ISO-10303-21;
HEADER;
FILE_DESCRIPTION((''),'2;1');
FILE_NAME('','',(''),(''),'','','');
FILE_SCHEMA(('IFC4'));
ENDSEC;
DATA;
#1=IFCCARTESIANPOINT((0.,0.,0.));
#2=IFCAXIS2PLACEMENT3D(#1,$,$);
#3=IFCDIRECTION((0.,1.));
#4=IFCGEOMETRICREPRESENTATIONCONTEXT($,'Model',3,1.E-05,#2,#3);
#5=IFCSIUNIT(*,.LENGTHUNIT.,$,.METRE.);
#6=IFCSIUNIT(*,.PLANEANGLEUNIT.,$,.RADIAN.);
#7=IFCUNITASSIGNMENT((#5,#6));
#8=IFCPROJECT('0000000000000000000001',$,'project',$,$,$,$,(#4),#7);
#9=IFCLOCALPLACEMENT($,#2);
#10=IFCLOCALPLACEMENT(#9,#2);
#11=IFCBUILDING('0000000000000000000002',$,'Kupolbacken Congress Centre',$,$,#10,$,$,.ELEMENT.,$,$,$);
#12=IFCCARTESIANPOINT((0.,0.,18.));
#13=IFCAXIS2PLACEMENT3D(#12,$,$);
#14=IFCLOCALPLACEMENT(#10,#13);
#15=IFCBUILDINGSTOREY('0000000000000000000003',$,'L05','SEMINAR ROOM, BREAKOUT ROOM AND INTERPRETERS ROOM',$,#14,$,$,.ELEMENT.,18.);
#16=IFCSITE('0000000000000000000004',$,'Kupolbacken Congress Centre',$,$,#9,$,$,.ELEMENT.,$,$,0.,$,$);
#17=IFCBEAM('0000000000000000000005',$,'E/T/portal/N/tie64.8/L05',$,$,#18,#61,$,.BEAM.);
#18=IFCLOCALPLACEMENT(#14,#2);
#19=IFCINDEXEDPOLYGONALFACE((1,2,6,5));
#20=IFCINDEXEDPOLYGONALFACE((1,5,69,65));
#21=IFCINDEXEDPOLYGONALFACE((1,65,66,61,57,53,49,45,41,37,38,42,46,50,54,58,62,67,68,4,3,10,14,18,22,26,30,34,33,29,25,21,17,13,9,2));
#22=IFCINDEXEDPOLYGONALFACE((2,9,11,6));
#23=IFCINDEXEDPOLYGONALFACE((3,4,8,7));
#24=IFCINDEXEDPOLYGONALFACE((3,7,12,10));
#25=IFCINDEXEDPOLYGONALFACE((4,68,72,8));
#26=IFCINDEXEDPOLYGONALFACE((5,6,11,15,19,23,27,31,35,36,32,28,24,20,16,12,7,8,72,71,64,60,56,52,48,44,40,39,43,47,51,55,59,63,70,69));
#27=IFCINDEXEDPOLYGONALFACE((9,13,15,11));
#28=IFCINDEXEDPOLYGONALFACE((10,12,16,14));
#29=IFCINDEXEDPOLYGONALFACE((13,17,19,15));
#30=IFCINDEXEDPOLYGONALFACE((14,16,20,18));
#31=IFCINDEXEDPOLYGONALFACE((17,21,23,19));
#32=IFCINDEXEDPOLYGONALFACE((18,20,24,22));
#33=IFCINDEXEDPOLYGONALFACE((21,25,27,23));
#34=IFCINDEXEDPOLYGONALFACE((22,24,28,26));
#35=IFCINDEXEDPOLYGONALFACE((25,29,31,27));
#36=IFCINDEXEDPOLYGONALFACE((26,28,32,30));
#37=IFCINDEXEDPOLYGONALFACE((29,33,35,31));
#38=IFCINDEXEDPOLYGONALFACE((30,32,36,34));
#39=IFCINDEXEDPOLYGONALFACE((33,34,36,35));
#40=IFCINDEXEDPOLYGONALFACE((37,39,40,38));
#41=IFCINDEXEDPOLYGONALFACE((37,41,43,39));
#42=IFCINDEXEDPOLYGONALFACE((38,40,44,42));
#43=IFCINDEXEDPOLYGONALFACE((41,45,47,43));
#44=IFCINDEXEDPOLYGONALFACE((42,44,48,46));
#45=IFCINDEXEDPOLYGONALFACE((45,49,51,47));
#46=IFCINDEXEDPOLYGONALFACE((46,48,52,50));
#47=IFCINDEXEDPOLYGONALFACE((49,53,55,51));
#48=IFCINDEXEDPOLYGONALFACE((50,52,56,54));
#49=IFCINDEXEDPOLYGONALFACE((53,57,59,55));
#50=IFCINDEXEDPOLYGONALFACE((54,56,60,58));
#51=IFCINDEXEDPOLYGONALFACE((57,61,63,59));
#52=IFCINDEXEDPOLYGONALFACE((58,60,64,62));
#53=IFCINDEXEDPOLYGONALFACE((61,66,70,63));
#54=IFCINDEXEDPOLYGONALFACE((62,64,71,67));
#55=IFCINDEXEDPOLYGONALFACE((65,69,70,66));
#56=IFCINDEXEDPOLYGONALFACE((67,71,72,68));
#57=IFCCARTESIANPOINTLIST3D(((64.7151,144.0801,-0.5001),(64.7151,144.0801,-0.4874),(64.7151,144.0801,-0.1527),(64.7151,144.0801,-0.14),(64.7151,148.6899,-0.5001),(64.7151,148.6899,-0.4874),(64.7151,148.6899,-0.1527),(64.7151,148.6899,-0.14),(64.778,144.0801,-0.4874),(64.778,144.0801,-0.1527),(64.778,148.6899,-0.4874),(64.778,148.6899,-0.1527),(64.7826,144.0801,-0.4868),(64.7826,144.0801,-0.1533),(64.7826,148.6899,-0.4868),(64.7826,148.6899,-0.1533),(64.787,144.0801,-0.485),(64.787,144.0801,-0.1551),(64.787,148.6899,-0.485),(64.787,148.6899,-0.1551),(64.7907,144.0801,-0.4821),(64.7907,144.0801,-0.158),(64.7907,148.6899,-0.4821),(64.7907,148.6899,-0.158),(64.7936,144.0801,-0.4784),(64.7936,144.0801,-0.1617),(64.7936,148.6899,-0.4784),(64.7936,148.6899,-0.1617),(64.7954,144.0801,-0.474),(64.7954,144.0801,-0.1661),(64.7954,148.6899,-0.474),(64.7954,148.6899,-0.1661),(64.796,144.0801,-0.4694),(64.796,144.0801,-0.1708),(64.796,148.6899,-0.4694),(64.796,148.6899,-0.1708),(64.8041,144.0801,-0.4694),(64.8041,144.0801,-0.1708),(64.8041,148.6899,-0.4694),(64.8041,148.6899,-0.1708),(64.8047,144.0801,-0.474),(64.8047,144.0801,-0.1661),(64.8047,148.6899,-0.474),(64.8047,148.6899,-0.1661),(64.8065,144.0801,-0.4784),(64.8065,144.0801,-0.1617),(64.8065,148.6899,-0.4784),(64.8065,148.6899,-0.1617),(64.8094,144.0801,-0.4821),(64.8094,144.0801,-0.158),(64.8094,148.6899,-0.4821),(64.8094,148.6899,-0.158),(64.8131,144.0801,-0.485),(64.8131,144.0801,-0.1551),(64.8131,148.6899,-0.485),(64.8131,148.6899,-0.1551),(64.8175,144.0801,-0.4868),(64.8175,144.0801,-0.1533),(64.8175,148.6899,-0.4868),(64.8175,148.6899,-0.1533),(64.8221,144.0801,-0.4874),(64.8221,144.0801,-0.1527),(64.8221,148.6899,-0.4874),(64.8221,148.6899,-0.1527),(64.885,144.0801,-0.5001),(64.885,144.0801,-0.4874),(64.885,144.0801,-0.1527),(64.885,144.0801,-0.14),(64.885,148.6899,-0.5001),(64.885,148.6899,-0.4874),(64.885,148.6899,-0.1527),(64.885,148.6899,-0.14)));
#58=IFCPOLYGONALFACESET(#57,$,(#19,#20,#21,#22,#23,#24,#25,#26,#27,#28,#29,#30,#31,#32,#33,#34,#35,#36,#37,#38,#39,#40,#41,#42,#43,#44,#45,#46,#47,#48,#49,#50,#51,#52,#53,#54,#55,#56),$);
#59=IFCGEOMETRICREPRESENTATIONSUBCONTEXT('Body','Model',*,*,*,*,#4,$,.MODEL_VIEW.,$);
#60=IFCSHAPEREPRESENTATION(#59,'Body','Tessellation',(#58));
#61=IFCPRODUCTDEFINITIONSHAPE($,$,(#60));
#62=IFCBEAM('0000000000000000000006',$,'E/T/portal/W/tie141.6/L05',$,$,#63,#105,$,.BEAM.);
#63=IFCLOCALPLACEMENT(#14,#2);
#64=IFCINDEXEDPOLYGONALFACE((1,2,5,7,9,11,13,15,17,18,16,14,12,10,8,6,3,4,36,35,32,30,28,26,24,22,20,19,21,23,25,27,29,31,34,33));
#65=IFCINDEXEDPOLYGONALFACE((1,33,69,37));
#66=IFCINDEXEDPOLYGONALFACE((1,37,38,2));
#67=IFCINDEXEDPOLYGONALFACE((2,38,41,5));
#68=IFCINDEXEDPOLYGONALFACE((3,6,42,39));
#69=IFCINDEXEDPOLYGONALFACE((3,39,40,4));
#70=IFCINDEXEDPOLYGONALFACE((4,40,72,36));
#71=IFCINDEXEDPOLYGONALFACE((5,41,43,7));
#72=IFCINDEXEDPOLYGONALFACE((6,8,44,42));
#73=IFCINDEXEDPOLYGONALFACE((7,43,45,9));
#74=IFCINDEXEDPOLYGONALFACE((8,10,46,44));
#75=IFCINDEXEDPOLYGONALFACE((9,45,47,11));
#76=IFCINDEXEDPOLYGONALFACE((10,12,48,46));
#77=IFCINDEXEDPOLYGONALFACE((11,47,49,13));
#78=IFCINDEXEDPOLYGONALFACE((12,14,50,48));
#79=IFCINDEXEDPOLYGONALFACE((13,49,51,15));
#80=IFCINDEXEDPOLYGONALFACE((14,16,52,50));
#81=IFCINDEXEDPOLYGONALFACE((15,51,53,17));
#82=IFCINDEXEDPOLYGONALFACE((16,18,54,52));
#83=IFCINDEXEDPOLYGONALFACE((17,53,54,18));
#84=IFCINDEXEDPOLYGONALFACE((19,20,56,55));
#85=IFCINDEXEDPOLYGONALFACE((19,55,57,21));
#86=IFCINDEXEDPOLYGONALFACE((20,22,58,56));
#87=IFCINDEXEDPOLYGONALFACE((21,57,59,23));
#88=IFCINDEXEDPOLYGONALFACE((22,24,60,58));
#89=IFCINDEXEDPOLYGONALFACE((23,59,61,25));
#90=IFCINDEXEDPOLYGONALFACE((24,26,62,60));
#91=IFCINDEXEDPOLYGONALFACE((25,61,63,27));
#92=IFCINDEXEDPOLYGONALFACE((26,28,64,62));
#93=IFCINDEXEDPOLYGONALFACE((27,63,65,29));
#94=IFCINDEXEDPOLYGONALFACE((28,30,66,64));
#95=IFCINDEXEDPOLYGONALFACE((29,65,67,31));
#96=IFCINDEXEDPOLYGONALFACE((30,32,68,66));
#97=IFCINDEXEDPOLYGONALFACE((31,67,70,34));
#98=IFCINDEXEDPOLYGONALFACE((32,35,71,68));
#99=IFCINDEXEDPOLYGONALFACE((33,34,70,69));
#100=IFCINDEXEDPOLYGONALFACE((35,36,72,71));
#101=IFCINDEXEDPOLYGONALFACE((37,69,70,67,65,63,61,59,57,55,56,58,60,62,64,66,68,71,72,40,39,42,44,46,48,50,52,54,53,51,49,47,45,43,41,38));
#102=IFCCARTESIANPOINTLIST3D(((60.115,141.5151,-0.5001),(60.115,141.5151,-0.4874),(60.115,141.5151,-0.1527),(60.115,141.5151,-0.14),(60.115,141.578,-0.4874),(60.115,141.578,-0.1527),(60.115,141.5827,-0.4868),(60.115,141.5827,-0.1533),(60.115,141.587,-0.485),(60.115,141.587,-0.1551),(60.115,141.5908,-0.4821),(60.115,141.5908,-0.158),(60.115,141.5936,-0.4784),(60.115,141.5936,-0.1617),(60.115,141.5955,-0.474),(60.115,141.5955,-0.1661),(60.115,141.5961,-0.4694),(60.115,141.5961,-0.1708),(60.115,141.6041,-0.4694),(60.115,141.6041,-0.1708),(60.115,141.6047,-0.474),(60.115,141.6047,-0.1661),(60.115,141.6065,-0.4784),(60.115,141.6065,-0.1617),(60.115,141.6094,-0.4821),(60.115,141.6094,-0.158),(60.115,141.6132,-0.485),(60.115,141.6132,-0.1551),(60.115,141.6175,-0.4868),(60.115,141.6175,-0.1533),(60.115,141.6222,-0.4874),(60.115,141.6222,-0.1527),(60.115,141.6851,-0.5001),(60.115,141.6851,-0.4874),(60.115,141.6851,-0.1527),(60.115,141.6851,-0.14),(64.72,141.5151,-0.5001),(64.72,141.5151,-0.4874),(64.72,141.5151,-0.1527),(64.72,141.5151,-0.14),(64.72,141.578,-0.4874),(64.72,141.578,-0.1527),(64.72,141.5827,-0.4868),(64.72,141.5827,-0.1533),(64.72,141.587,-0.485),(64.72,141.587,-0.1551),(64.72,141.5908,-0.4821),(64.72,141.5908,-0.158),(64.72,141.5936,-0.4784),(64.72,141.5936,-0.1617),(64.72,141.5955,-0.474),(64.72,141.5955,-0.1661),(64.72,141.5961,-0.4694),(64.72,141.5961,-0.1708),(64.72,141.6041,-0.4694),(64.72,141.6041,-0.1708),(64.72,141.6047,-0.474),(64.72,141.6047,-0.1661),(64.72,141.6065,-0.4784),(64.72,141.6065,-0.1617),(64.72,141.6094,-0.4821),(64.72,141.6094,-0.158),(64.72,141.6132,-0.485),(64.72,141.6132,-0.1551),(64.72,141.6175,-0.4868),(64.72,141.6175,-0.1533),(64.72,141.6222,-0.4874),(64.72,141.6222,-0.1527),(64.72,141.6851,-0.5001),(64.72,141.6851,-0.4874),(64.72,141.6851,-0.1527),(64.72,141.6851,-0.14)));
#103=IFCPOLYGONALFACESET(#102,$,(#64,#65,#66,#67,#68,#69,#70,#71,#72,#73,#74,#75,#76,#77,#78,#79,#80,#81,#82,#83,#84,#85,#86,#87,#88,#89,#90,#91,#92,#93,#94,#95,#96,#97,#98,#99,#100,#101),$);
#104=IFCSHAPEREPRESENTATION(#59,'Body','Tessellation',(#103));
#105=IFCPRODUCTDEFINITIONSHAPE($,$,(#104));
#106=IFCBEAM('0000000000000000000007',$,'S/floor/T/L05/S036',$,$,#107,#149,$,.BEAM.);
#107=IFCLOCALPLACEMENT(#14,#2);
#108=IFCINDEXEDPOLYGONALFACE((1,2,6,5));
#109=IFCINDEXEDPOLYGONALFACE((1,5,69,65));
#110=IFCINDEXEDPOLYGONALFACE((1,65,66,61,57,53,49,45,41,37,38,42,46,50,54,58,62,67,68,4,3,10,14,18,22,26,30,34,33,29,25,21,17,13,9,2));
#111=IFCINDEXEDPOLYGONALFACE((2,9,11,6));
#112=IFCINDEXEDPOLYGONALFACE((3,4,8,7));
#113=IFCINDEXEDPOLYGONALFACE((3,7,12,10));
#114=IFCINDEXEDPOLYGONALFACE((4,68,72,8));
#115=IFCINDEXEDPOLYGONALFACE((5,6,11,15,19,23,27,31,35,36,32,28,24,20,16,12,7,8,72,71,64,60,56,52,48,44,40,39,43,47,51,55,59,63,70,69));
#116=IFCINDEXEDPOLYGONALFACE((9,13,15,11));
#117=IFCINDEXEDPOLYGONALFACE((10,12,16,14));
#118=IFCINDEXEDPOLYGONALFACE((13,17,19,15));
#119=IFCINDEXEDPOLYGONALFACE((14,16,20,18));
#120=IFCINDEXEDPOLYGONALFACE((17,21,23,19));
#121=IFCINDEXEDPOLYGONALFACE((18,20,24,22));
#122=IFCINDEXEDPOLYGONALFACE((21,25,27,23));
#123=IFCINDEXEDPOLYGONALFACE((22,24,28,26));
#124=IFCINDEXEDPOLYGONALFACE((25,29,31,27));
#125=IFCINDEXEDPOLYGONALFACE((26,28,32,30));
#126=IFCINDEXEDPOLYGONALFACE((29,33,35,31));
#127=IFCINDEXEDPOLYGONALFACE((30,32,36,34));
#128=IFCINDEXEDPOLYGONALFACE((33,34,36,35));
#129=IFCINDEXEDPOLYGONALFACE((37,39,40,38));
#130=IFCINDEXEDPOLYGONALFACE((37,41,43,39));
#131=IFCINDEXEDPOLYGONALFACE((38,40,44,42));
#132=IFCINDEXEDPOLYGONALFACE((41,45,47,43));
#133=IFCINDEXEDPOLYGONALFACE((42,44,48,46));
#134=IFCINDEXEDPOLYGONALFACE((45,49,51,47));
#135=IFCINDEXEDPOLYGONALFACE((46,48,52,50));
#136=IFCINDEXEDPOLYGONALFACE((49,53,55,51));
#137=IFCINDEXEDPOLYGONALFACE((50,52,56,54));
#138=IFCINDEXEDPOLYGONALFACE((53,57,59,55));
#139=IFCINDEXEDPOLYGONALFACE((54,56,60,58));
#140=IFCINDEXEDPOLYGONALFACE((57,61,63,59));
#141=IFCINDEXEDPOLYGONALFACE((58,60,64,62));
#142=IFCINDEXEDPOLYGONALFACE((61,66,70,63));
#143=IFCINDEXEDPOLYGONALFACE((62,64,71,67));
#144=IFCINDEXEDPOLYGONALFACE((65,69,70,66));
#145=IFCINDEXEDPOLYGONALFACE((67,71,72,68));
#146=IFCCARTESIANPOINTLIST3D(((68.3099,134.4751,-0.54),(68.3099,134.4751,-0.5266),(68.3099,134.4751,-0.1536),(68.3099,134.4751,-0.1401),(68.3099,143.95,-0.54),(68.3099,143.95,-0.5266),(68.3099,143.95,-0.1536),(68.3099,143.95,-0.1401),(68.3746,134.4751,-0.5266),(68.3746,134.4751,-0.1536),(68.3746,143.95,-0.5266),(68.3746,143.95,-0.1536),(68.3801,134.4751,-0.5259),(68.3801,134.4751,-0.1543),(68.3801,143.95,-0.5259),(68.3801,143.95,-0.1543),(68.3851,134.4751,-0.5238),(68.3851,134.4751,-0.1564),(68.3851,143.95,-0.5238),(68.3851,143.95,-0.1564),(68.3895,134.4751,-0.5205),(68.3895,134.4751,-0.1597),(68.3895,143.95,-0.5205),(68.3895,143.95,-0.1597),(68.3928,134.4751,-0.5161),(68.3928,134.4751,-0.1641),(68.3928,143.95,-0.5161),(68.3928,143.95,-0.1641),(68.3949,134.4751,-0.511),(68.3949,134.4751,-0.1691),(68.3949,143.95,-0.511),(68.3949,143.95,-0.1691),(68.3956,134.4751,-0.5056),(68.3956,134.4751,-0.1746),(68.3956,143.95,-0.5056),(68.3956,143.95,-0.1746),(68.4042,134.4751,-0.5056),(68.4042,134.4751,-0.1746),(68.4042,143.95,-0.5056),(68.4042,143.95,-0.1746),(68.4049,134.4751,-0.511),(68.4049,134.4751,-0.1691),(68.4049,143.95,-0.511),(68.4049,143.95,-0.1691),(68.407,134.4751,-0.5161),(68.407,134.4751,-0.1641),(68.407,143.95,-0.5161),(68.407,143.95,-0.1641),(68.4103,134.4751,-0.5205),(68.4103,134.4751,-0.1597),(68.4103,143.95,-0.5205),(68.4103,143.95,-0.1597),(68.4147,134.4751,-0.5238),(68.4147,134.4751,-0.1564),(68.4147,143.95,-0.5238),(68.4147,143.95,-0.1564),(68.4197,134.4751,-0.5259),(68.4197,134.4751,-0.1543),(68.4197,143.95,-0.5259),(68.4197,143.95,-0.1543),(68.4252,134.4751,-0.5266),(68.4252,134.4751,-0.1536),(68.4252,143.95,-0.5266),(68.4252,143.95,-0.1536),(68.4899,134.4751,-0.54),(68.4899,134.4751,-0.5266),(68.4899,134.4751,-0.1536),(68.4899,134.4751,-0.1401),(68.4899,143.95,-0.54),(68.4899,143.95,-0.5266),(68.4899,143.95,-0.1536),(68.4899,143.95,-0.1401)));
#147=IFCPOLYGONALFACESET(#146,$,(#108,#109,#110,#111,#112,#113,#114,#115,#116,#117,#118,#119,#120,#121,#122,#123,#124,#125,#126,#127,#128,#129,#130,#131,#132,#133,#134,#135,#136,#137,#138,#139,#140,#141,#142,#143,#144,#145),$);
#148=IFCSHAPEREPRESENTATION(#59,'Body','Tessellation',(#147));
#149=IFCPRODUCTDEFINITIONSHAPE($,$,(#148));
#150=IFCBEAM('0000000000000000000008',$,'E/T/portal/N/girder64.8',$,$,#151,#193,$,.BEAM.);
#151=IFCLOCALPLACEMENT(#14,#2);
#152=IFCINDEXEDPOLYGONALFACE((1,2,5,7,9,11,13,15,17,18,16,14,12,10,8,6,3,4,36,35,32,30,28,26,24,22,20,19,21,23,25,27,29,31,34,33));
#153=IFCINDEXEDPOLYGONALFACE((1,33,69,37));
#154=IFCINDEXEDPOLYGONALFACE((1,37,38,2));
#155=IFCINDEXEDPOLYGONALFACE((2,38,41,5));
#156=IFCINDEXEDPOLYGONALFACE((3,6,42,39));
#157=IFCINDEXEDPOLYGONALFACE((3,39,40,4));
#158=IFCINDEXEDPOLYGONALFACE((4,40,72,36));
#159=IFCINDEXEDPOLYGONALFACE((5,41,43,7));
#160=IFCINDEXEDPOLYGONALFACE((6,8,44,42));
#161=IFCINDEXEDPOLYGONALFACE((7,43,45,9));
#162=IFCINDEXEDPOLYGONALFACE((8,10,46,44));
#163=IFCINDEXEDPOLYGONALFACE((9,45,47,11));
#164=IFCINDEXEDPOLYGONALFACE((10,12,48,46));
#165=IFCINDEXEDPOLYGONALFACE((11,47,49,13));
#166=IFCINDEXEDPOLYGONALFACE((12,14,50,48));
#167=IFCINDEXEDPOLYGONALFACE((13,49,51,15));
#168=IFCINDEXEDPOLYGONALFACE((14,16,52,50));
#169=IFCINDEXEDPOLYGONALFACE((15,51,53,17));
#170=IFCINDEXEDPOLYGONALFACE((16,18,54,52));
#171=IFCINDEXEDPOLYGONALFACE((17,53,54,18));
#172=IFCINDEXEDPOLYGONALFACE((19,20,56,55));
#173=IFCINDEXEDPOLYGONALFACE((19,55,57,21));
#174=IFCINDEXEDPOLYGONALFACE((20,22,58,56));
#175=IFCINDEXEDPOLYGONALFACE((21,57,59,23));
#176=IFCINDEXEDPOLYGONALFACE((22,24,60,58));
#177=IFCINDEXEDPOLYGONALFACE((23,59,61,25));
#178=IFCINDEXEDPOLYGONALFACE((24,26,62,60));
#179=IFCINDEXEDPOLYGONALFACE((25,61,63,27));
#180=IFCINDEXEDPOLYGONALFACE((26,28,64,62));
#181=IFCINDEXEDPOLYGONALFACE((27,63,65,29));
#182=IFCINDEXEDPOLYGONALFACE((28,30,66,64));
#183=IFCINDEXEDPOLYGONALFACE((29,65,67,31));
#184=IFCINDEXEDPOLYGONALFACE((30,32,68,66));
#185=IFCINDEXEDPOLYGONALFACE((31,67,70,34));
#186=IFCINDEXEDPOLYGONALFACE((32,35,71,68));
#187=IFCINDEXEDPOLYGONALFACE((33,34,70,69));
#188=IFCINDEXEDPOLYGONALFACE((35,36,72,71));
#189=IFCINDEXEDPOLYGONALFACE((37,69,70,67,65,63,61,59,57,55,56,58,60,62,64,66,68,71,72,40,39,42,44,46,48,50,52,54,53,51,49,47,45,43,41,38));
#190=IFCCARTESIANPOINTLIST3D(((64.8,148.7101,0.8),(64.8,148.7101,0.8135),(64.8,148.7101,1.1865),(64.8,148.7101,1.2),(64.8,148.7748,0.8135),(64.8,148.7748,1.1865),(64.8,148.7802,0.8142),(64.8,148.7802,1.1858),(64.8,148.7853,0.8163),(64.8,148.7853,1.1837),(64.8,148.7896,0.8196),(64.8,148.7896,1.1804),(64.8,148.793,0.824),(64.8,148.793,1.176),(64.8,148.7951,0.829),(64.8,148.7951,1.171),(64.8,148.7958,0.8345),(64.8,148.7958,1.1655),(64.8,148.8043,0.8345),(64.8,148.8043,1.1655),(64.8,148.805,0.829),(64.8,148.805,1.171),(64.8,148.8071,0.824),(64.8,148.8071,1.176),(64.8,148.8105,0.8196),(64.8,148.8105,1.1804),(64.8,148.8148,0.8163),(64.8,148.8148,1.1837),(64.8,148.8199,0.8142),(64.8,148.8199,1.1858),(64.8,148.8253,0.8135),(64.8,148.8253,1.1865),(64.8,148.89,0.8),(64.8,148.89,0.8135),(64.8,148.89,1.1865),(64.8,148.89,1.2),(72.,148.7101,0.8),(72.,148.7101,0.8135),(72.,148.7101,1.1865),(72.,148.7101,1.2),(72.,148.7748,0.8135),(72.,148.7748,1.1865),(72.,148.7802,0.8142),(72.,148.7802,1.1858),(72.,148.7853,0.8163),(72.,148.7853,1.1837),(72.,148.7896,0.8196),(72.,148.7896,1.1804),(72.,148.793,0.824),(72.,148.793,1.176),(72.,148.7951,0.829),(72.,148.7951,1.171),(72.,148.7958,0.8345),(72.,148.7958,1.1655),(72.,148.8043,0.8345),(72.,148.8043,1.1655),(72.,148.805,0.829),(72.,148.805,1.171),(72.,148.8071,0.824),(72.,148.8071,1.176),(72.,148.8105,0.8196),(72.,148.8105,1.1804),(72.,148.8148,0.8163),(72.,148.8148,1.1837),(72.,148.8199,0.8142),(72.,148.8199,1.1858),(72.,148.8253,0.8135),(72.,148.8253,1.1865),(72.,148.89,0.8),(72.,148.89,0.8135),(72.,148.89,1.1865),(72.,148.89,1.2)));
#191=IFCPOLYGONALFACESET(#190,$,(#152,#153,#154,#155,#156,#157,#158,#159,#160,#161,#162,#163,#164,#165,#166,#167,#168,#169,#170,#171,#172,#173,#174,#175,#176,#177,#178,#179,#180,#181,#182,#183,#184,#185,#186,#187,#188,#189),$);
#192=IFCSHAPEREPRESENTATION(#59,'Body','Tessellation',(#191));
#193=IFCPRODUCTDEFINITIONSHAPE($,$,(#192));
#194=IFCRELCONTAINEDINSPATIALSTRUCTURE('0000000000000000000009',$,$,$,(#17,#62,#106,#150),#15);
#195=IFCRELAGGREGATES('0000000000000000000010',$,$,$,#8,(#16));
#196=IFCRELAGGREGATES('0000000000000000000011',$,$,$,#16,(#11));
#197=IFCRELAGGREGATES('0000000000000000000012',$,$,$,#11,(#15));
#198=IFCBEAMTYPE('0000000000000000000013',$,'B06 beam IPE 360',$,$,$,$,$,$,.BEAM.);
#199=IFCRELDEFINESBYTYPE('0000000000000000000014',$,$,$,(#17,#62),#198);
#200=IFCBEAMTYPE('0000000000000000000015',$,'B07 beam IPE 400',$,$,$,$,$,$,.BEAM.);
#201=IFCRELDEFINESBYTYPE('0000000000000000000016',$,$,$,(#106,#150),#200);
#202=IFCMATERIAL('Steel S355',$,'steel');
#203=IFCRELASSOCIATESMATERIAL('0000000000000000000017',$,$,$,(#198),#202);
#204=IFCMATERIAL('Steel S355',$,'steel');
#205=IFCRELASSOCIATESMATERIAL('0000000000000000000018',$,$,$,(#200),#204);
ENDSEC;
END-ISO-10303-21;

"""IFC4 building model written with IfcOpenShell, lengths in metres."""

from ifc_helpers import new_model, si_unit, direction, frame, origin, origin_2d, place, context, subcontext, project, spatial, i_section, extrude, material, material_profile, profile_set, type_object, element, save


model = new_model("IFC4")

# Units and contexts
model_context = context("Model", 3, precision=1e-05, world=origin(), true_north=direction((0.0, 1.0)))
body_context = subcontext(model_context, "Body", "Model", "MODEL_VIEW")
ifc_project = project(units=[si_unit("LENGTHUNIT", "METRE"), si_unit("PLANEANGLEUNIT", "RADIAN")], contexts=[model_context])

# Site, building, storey
site_placement = place(None, origin())
site = spatial("IfcSite", under=ifc_project, at=site_placement, Name="Kupolbacken Congress Centre", CompositionType="ELEMENT", RefElevation=0.0)
building_placement = place(site_placement, origin())
building = spatial("IfcBuilding", under=site, at=building_placement, Name="Kupolbacken Congress Centre", CompositionType="ELEMENT")
storey_placement = place(building_placement, frame((0.0, 0.0, 18.0)))
storey = spatial("IfcBuildingStorey", under=building, at=storey_placement, Name="L05", Description="SEMINAR ROOM, BREAKOUT ROOM AND INTERPRETERS ROOM", CompositionType="ELEMENT", Elevation=18.0)

# Beams
ifc_material_1 = material(Name="Steel S355", Category="steel")
ifc_material_profile_1 = material_profile(ifc_material_1, i_section(OverallWidth=0.1699, OverallDepth=0.3601, WebThickness=0.0081, FlangeThickness=0.0127, FilletRadius=0.0181, at=origin_2d()), Name="IPE 360")
ifc_profile_set_1 = profile_set([ifc_material_profile_1], Name="Steel S355")
beam_type_1 = type_object("IfcBeamType", Name="B06 beam IPE 360", PredefinedType="BEAM", material=ifc_profile_set_1)
beam_1_placement = place(storey_placement, frame((64.8, 144.0801, -0.3201), z_axis=(0.0, 1.0, 0.0), x_axis=(-1.0, 0.0, 0.0)))
element("IfcBeam", 1, at=beam_1_placement, inside=storey, type_object=beam_type_1, Name="E/T/portal/N/tie64.8/L05", PredefinedType="BEAM", context=body_context, shape_type="SweptSolid", body=[
    extrude(i_section(OverallWidth=0.1699, OverallDepth=0.3601, WebThickness=0.0081, FlangeThickness=0.0127, FilletRadius=0.0181, at=origin_2d()), origin(), (0.0, 0.0, 1.0), 4.6099),
])
beam_2_placement = place(storey_placement, frame((64.72, 141.6001, -0.3201), z_axis=(-1.0, 0.0, 0.0), x_axis=(0.0, -1.0, 0.0)))
element("IfcBeam", 2, at=beam_2_placement, inside=storey, type_object=beam_type_1, Name="E/T/portal/W/tie141.6/L05", PredefinedType="BEAM", context=body_context, shape_type="SweptSolid", body=[
    extrude(i_section(OverallWidth=0.1699, OverallDepth=0.3601, WebThickness=0.0081, FlangeThickness=0.0127, FilletRadius=0.0181, at=origin_2d()), origin(), (0.0, 0.0, 1.0), 4.605),
])
ifc_material_2 = material(Name="Steel S355", Category="steel")
ifc_material_profile_2 = material_profile(ifc_material_2, i_section(OverallWidth=0.1799, OverallDepth=0.3999, WebThickness=0.0085, FlangeThickness=0.0134, FilletRadius=0.021, at=origin_2d()), Name="IPE 400")
ifc_profile_set_2 = profile_set([ifc_material_profile_2], Name="Steel S355")
beam_type_2 = type_object("IfcBeamType", Name="B07 beam IPE 400", PredefinedType="BEAM", material=ifc_profile_set_2)
beam_3_placement = place(storey_placement, frame((68.3999, 134.4751, -0.3401), z_axis=(0.0, 1.0, 0.0), x_axis=(-1.0, 0.0, 0.0)))
element("IfcBeam", 3, at=beam_3_placement, inside=storey, type_object=beam_type_2, Name="S/floor/T/L05/S036", PredefinedType="BEAM", context=body_context, shape_type="SweptSolid", body=[
    extrude(i_section(OverallWidth=0.1799, OverallDepth=0.3999, WebThickness=0.0085, FlangeThickness=0.0134, FilletRadius=0.021, at=origin_2d()), origin(), (0.0, 0.0, 1.0), 9.4749),
])
beam_4_placement = place(storey_placement, frame((64.8, 148.8, 1.0), z_axis=(1.0, 0.0, 0.0), x_axis=(0.0, 1.0, 0.0)))
element("IfcBeam", 4, at=beam_4_placement, inside=storey, type_object=beam_type_2, Name="E/T/portal/N/girder64.8", PredefinedType="BEAM", context=body_context, shape_type="SweptSolid", body=[
    extrude(i_section(OverallWidth=0.1799, OverallDepth=0.3999, WebThickness=0.0085, FlangeThickness=0.0134, FilletRadius=0.021, at=origin_2d()), origin(), (0.0, 0.0, 1.0), 7.2),
])

save(model, "model.ifc")
